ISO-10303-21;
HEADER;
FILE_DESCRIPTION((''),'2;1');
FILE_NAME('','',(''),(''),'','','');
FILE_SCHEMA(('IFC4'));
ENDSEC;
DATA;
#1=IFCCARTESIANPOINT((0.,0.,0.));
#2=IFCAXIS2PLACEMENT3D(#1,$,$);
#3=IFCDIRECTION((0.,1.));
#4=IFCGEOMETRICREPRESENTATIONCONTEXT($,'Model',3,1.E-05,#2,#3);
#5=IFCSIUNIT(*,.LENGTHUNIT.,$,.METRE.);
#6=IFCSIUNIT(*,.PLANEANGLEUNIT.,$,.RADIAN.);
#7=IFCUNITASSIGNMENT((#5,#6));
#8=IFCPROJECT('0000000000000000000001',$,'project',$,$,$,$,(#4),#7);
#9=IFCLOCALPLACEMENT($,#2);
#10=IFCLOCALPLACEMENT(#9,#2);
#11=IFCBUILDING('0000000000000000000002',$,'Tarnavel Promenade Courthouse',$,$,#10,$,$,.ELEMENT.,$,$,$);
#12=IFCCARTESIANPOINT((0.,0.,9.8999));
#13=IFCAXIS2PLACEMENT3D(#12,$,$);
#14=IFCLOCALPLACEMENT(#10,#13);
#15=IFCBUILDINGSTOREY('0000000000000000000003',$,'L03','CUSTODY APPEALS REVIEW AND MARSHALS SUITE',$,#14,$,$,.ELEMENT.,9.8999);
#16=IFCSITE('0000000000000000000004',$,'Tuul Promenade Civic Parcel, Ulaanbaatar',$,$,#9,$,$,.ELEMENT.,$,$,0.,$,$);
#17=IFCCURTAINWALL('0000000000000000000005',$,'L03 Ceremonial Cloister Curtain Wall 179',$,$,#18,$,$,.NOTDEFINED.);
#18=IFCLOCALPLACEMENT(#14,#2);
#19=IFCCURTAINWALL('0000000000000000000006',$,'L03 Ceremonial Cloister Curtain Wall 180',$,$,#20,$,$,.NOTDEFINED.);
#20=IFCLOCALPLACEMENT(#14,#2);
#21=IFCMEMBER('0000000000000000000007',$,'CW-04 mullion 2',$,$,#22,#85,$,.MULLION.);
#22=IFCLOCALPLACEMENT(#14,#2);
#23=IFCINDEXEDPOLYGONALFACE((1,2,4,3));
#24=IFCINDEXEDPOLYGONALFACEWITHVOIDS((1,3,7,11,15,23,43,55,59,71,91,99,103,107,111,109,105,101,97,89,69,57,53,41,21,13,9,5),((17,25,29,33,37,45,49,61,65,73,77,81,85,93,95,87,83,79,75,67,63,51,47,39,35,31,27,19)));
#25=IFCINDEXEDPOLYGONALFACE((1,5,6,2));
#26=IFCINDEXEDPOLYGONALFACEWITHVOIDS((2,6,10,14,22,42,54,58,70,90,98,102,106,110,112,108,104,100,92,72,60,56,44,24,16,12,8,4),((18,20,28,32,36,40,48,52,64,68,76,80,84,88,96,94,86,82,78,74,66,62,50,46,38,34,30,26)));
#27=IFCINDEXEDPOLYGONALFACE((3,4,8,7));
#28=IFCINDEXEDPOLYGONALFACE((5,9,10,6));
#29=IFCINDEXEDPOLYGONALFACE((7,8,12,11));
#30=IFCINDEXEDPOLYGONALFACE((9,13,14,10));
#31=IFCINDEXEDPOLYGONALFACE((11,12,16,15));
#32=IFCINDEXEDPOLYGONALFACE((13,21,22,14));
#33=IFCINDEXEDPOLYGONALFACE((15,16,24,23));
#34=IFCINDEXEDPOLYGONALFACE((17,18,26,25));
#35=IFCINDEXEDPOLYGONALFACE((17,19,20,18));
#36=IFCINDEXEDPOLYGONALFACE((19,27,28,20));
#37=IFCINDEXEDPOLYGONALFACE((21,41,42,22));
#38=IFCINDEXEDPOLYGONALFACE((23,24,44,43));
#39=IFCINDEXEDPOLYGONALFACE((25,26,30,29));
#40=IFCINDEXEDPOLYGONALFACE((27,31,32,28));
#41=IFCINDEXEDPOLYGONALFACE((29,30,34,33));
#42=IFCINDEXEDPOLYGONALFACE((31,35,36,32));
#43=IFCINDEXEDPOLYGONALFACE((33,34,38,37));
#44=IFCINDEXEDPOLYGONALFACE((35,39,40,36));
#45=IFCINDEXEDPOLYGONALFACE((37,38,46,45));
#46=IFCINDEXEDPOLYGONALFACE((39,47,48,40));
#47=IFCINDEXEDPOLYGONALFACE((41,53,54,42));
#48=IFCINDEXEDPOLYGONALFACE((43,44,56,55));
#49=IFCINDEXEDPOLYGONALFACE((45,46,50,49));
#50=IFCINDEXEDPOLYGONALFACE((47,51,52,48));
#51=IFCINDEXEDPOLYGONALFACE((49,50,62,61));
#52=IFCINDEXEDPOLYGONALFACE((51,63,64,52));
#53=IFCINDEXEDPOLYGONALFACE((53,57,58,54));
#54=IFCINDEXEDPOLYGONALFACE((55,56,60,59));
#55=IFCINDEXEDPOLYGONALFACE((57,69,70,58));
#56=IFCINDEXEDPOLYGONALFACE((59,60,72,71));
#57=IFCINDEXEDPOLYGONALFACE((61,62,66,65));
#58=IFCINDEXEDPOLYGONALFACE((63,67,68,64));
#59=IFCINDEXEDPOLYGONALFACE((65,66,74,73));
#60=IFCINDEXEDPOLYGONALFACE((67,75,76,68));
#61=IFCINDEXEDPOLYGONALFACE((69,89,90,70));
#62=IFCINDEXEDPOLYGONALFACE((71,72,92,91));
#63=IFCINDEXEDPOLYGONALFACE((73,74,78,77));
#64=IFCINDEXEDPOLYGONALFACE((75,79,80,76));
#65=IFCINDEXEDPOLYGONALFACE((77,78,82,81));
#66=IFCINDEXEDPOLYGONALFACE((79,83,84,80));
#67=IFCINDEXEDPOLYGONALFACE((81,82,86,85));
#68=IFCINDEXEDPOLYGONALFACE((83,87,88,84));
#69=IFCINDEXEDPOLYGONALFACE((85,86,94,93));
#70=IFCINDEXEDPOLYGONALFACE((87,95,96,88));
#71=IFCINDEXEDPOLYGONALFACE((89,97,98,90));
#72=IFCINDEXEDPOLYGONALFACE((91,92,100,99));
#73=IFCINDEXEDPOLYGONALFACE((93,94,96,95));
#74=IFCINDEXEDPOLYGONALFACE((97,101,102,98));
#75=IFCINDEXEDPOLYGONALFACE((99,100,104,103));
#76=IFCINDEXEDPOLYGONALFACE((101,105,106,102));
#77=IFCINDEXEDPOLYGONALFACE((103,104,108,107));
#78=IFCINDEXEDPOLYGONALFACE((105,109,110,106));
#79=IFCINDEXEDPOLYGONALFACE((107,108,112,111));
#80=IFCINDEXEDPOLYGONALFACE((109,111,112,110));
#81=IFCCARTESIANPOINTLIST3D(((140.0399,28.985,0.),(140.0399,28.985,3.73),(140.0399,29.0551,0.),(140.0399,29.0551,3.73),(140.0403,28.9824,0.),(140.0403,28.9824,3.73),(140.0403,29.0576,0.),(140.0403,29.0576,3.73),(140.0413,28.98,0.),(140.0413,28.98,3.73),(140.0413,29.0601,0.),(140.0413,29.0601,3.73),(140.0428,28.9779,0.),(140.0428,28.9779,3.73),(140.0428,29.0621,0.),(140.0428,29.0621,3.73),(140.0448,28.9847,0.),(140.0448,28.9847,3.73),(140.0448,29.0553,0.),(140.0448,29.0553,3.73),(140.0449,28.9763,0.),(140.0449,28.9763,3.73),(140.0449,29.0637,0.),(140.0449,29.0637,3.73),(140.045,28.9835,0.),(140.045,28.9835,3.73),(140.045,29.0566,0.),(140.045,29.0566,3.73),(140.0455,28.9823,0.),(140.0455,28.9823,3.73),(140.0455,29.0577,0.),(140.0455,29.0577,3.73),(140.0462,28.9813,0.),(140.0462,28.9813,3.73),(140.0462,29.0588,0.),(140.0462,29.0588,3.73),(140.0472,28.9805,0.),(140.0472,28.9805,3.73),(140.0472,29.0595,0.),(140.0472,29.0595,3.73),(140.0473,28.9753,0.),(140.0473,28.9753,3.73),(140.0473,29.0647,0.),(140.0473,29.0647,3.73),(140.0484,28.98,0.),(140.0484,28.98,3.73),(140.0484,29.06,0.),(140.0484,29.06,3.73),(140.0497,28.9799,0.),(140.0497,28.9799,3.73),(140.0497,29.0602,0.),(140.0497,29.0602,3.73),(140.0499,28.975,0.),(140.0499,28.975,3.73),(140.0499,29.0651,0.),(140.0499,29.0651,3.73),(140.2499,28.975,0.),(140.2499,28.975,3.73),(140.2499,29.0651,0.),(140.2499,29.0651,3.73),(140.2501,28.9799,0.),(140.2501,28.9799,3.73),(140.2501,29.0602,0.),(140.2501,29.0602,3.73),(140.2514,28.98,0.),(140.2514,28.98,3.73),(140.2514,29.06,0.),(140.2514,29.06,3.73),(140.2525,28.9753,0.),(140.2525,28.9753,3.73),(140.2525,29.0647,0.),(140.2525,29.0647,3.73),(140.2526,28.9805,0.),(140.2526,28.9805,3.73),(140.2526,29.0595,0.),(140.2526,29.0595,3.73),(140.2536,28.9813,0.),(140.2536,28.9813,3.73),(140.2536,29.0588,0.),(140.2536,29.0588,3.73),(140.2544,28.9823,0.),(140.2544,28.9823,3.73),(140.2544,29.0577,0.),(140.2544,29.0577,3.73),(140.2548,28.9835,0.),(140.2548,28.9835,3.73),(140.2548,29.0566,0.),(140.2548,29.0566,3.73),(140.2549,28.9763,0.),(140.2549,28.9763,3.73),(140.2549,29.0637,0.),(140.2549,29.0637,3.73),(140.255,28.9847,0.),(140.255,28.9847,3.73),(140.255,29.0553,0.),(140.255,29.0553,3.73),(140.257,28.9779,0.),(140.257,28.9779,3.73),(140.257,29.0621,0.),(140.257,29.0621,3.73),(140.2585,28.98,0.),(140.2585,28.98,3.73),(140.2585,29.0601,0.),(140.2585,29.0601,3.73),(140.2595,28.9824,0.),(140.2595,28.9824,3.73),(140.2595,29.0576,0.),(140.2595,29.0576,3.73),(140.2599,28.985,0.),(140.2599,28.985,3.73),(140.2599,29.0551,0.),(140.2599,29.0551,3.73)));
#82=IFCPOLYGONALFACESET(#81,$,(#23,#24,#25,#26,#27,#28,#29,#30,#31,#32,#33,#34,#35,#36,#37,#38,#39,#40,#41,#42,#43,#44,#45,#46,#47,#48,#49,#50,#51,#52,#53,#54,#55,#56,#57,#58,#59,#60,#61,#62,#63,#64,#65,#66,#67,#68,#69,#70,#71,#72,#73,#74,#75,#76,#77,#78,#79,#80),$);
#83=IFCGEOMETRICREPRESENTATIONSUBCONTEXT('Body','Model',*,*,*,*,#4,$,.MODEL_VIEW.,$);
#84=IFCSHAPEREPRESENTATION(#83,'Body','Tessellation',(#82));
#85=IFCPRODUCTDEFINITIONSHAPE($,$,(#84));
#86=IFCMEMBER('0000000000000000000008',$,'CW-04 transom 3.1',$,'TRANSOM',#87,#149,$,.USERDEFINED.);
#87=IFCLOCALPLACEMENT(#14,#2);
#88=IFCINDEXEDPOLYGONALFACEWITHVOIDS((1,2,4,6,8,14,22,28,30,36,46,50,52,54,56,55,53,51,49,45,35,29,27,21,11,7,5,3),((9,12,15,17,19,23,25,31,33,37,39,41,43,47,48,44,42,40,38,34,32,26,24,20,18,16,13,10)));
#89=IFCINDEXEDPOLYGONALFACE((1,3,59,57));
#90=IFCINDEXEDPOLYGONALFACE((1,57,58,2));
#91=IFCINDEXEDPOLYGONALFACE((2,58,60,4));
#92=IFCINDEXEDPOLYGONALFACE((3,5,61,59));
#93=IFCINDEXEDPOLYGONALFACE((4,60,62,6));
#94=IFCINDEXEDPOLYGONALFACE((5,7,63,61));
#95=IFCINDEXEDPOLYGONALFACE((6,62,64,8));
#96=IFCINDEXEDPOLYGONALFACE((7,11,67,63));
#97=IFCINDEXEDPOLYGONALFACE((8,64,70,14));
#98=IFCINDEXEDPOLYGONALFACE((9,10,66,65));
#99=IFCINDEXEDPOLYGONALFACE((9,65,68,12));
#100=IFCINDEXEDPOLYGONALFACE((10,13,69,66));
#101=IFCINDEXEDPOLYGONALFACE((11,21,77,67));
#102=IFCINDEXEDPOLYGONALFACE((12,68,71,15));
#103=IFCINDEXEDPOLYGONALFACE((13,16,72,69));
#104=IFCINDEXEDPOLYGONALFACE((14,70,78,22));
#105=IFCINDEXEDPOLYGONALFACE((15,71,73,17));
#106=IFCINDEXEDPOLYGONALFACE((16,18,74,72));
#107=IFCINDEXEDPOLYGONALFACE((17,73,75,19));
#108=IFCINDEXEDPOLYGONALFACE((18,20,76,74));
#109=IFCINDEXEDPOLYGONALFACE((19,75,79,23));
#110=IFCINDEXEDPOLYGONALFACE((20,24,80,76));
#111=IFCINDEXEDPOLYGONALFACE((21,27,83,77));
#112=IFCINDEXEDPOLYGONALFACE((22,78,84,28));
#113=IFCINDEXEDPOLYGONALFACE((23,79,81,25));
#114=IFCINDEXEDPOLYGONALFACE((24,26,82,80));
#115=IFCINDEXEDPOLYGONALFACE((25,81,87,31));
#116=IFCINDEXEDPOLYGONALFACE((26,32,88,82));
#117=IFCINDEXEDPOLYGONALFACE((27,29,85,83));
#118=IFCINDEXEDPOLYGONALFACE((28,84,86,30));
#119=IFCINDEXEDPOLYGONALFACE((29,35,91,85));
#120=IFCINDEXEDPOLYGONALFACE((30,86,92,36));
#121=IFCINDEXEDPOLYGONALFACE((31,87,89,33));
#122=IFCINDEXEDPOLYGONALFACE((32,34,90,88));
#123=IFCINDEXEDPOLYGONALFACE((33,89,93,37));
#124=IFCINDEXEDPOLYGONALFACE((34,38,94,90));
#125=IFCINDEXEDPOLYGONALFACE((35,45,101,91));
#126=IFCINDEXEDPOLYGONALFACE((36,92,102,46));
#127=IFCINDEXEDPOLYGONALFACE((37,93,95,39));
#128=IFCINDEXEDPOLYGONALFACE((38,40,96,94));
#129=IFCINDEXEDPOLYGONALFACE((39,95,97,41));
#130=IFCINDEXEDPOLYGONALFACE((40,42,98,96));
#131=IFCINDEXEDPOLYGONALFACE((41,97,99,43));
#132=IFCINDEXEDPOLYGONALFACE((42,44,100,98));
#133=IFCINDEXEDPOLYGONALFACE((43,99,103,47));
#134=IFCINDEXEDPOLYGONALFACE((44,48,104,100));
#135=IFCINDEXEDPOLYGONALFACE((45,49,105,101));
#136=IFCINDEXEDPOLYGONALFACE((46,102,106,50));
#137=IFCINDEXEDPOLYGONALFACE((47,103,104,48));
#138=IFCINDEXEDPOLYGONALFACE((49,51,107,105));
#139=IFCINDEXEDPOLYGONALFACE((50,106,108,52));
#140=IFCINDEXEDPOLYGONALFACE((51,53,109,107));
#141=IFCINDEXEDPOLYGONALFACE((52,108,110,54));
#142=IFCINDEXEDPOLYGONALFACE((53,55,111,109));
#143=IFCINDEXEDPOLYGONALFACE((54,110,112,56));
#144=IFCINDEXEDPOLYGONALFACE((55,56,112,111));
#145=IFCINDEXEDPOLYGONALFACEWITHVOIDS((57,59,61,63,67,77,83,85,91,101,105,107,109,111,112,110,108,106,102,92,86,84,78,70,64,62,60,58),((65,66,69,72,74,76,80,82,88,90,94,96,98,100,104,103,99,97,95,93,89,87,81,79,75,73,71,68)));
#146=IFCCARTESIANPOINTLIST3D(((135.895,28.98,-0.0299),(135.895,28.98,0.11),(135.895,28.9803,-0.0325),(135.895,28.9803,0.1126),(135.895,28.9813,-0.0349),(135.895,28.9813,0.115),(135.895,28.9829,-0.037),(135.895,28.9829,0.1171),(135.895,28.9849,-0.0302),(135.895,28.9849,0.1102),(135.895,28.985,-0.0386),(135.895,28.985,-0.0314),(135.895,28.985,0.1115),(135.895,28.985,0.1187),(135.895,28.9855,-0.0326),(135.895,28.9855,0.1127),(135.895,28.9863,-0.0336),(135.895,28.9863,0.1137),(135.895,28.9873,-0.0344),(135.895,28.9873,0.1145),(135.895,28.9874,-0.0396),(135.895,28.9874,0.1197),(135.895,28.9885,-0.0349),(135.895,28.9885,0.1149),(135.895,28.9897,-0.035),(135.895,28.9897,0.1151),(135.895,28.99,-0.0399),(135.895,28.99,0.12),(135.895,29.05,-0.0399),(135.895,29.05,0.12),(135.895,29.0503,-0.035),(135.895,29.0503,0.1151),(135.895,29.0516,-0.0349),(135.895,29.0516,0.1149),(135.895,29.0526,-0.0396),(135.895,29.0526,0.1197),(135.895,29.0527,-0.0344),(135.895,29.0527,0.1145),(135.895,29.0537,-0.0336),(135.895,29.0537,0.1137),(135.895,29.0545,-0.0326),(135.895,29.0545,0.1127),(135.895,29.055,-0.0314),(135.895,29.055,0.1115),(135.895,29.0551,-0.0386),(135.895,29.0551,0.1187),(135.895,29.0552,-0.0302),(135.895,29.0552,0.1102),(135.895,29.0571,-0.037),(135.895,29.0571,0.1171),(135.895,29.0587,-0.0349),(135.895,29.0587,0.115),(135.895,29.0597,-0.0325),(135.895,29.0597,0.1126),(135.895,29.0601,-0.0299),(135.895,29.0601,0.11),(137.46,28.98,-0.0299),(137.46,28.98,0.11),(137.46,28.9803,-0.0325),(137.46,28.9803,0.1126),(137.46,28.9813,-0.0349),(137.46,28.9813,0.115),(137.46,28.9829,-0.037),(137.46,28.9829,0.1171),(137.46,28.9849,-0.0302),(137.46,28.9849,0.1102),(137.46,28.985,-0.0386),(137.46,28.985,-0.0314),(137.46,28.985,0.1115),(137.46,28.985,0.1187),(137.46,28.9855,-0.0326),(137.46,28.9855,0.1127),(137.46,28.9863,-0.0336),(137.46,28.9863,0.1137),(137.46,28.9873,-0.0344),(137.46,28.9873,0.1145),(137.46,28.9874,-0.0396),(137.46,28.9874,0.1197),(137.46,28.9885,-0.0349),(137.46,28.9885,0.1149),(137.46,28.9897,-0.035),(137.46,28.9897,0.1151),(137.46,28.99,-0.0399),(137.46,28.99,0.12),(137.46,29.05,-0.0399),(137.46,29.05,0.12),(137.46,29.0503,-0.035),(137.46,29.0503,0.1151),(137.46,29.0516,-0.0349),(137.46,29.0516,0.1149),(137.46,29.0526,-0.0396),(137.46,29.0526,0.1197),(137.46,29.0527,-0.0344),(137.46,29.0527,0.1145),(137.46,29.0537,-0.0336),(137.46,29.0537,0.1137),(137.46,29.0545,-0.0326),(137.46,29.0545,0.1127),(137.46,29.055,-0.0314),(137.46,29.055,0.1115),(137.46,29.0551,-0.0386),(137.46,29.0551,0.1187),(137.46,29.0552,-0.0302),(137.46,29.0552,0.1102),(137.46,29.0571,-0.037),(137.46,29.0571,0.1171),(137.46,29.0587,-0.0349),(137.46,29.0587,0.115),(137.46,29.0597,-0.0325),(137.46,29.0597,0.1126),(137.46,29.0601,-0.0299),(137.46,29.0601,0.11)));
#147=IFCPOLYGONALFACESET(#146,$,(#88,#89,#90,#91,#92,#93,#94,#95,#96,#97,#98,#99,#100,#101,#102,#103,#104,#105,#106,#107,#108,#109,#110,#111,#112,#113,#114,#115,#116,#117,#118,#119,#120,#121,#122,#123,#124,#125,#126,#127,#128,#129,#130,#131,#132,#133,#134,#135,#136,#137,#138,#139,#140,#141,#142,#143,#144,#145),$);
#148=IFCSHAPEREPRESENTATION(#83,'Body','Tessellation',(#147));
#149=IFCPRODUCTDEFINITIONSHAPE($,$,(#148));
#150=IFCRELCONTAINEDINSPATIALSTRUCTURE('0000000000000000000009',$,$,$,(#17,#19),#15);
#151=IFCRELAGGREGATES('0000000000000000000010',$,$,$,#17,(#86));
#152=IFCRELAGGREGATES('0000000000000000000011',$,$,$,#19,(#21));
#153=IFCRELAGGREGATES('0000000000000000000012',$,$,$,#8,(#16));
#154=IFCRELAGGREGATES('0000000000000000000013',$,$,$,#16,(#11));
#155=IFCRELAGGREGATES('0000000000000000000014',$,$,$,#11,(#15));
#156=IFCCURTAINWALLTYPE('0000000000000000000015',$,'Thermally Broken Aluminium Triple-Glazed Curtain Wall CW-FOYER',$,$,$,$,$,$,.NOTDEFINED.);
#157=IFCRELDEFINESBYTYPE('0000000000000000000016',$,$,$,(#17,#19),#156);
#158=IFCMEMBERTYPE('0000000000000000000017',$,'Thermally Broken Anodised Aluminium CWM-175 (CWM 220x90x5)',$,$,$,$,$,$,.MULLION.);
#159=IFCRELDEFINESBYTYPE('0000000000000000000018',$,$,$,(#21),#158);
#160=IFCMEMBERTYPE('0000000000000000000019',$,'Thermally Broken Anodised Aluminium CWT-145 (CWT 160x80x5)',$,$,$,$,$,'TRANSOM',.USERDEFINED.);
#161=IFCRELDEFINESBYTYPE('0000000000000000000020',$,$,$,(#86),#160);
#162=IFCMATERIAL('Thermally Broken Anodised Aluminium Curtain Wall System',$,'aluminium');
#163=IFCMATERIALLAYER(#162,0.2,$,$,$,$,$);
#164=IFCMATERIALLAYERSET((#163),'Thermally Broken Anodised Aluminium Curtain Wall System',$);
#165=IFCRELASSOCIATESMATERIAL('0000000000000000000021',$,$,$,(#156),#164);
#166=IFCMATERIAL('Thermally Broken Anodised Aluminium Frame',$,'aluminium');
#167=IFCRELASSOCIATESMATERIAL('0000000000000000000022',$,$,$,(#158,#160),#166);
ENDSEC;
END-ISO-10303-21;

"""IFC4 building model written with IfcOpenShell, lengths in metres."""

from ifc_helpers import new_model, si_unit, direction, frame, origin, origin_2d, place, context, subcontext, project, spatial, hollow_rectangle, extrude, material, layer, layer_set, material_profile, profile_set, type_object, element, aggregate, save


model = new_model("IFC4")

# Units and contexts
model_context = context("Model", 3, precision=1e-05, world=origin(), true_north=direction((0.0, 1.0)))
body_context = subcontext(model_context, "Body", "Model", "MODEL_VIEW")
ifc_project = project(units=[si_unit("LENGTHUNIT", "METRE"), si_unit("PLANEANGLEUNIT", "RADIAN")], contexts=[model_context])

# Site, building, storey
site_placement = place(None, origin())
site = spatial("IfcSite", under=ifc_project, at=site_placement, Name="Tuul Promenade Civic Parcel, Ulaanbaatar", CompositionType="ELEMENT", RefElevation=0.0)
building_placement = place(site_placement, origin())
building = spatial("IfcBuilding", under=site, at=building_placement, Name="Tarnavel Promenade Courthouse", CompositionType="ELEMENT")
storey_placement = place(building_placement, frame((0.0, 0.0, 9.8999)))
storey = spatial("IfcBuildingStorey", under=building, at=storey_placement, Name="L03", Description="CUSTODY APPEALS REVIEW AND MARSHALS SUITE", CompositionType="ELEMENT", Elevation=9.8999)

# Curtain wall
ifc_material_1 = material(Name="Thermally Broken Anodised Aluminium Curtain Wall System", Category="aluminium")
ifc_layer_1 = layer(ifc_material_1, 0.2)
ifc_layer_set_1 = layer_set([ifc_layer_1], Name="Thermally Broken Anodised Aluminium Curtain Wall System")
curtain_wall_type = type_object("IfcCurtainWallType", Name="Thermally Broken Aluminium Triple-Glazed Curtain Wall CW-FOYER", PredefinedType="NOTDEFINED", material=ifc_layer_set_1)
curtain_wall_1_placement = place(storey_placement, origin())
curtain_wall_1 = element("IfcCurtainWall", 1, at=curtain_wall_1_placement, inside=storey, type_object=curtain_wall_type, Name="L03 Ceremonial Cloister Curtain Wall 179", PredefinedType="NOTDEFINED")
ifc_material_2 = material(Name="Thermally Broken Anodised Aluminium Frame", Category="aluminium")
ifc_material_profile_1 = material_profile(ifc_material_2, hollow_rectangle(XDim=0.0901, YDim=0.22, WallThickness=0.0049, InnerFilletRadius=0.0049, OuterFilletRadius=0.01, at=origin_2d()), Name="CWM 220x90x5")
ifc_profile_set_1 = profile_set([ifc_material_profile_1], Name="Thermally Broken Anodised Aluminium Frame")
member_type_1 = type_object("IfcMemberType", Name="Thermally Broken Anodised Aluminium CWM-175 (CWM 220x90x5)", PredefinedType="MULLION", material=ifc_profile_set_1)

# Curtain wall, member
curtain_wall_2_placement = place(storey_placement, origin())
curtain_wall_2 = element("IfcCurtainWall", 2, at=curtain_wall_2_placement, inside=storey, type_object=curtain_wall_type, Name="L03 Ceremonial Cloister Curtain Wall 180", PredefinedType="NOTDEFINED")
member_1_placement = place(storey_placement, frame((140.1499, 29.02, 0.0), z_axis=(0.0, 0.0, 1.0), x_axis=(0.0, 1.0, 0.0)))
member_1 = element("IfcMember", 3, at=member_1_placement, type_object=member_type_1, Name="CW-04 mullion 2", PredefinedType="MULLION", context=body_context, shape_type="SweptSolid", body=[
    extrude(hollow_rectangle(XDim=0.0901, YDim=0.22, WallThickness=0.0049, InnerFilletRadius=0.0049, OuterFilletRadius=0.01, at=origin_2d()), origin(), (0.0, 0.0, 1.0), 3.73),
])

# Member
ifc_material_profile_2 = material_profile(ifc_material_2, hollow_rectangle(XDim=0.0801, YDim=0.1599, WallThickness=0.0049, InnerFilletRadius=0.0049, OuterFilletRadius=0.01, at=origin_2d()), Name="CWT 160x80x5")
ifc_profile_set_2 = profile_set([ifc_material_profile_2], Name="Thermally Broken Anodised Aluminium Frame")
member_type_2 = type_object("IfcMemberType", Name="Thermally Broken Anodised Aluminium CWT-145 (CWT 160x80x5)", ElementType="TRANSOM", PredefinedType="USERDEFINED", material=ifc_profile_set_2)
member_2_placement = place(storey_placement, frame((135.895, 29.02, 0.04), z_axis=(1.0, 0.0, 0.0), x_axis=(0.0, 1.0, 0.0)))
member_2 = element("IfcMember", 4, at=member_2_placement, type_object=member_type_2, Name="CW-04 transom 3.1", ObjectType="TRANSOM", PredefinedType="USERDEFINED", context=body_context, shape_type="SweptSolid", body=[
    extrude(hollow_rectangle(XDim=0.0801, YDim=0.1599, WallThickness=0.0049, InnerFilletRadius=0.0049, OuterFilletRadius=0.01, at=origin_2d()), origin(), (0.0, 0.0, 1.0), 1.5649),
])

aggregate(curtain_wall_1, [member_2])
aggregate(curtain_wall_2, [member_1])

save(model, "model.ifc")
